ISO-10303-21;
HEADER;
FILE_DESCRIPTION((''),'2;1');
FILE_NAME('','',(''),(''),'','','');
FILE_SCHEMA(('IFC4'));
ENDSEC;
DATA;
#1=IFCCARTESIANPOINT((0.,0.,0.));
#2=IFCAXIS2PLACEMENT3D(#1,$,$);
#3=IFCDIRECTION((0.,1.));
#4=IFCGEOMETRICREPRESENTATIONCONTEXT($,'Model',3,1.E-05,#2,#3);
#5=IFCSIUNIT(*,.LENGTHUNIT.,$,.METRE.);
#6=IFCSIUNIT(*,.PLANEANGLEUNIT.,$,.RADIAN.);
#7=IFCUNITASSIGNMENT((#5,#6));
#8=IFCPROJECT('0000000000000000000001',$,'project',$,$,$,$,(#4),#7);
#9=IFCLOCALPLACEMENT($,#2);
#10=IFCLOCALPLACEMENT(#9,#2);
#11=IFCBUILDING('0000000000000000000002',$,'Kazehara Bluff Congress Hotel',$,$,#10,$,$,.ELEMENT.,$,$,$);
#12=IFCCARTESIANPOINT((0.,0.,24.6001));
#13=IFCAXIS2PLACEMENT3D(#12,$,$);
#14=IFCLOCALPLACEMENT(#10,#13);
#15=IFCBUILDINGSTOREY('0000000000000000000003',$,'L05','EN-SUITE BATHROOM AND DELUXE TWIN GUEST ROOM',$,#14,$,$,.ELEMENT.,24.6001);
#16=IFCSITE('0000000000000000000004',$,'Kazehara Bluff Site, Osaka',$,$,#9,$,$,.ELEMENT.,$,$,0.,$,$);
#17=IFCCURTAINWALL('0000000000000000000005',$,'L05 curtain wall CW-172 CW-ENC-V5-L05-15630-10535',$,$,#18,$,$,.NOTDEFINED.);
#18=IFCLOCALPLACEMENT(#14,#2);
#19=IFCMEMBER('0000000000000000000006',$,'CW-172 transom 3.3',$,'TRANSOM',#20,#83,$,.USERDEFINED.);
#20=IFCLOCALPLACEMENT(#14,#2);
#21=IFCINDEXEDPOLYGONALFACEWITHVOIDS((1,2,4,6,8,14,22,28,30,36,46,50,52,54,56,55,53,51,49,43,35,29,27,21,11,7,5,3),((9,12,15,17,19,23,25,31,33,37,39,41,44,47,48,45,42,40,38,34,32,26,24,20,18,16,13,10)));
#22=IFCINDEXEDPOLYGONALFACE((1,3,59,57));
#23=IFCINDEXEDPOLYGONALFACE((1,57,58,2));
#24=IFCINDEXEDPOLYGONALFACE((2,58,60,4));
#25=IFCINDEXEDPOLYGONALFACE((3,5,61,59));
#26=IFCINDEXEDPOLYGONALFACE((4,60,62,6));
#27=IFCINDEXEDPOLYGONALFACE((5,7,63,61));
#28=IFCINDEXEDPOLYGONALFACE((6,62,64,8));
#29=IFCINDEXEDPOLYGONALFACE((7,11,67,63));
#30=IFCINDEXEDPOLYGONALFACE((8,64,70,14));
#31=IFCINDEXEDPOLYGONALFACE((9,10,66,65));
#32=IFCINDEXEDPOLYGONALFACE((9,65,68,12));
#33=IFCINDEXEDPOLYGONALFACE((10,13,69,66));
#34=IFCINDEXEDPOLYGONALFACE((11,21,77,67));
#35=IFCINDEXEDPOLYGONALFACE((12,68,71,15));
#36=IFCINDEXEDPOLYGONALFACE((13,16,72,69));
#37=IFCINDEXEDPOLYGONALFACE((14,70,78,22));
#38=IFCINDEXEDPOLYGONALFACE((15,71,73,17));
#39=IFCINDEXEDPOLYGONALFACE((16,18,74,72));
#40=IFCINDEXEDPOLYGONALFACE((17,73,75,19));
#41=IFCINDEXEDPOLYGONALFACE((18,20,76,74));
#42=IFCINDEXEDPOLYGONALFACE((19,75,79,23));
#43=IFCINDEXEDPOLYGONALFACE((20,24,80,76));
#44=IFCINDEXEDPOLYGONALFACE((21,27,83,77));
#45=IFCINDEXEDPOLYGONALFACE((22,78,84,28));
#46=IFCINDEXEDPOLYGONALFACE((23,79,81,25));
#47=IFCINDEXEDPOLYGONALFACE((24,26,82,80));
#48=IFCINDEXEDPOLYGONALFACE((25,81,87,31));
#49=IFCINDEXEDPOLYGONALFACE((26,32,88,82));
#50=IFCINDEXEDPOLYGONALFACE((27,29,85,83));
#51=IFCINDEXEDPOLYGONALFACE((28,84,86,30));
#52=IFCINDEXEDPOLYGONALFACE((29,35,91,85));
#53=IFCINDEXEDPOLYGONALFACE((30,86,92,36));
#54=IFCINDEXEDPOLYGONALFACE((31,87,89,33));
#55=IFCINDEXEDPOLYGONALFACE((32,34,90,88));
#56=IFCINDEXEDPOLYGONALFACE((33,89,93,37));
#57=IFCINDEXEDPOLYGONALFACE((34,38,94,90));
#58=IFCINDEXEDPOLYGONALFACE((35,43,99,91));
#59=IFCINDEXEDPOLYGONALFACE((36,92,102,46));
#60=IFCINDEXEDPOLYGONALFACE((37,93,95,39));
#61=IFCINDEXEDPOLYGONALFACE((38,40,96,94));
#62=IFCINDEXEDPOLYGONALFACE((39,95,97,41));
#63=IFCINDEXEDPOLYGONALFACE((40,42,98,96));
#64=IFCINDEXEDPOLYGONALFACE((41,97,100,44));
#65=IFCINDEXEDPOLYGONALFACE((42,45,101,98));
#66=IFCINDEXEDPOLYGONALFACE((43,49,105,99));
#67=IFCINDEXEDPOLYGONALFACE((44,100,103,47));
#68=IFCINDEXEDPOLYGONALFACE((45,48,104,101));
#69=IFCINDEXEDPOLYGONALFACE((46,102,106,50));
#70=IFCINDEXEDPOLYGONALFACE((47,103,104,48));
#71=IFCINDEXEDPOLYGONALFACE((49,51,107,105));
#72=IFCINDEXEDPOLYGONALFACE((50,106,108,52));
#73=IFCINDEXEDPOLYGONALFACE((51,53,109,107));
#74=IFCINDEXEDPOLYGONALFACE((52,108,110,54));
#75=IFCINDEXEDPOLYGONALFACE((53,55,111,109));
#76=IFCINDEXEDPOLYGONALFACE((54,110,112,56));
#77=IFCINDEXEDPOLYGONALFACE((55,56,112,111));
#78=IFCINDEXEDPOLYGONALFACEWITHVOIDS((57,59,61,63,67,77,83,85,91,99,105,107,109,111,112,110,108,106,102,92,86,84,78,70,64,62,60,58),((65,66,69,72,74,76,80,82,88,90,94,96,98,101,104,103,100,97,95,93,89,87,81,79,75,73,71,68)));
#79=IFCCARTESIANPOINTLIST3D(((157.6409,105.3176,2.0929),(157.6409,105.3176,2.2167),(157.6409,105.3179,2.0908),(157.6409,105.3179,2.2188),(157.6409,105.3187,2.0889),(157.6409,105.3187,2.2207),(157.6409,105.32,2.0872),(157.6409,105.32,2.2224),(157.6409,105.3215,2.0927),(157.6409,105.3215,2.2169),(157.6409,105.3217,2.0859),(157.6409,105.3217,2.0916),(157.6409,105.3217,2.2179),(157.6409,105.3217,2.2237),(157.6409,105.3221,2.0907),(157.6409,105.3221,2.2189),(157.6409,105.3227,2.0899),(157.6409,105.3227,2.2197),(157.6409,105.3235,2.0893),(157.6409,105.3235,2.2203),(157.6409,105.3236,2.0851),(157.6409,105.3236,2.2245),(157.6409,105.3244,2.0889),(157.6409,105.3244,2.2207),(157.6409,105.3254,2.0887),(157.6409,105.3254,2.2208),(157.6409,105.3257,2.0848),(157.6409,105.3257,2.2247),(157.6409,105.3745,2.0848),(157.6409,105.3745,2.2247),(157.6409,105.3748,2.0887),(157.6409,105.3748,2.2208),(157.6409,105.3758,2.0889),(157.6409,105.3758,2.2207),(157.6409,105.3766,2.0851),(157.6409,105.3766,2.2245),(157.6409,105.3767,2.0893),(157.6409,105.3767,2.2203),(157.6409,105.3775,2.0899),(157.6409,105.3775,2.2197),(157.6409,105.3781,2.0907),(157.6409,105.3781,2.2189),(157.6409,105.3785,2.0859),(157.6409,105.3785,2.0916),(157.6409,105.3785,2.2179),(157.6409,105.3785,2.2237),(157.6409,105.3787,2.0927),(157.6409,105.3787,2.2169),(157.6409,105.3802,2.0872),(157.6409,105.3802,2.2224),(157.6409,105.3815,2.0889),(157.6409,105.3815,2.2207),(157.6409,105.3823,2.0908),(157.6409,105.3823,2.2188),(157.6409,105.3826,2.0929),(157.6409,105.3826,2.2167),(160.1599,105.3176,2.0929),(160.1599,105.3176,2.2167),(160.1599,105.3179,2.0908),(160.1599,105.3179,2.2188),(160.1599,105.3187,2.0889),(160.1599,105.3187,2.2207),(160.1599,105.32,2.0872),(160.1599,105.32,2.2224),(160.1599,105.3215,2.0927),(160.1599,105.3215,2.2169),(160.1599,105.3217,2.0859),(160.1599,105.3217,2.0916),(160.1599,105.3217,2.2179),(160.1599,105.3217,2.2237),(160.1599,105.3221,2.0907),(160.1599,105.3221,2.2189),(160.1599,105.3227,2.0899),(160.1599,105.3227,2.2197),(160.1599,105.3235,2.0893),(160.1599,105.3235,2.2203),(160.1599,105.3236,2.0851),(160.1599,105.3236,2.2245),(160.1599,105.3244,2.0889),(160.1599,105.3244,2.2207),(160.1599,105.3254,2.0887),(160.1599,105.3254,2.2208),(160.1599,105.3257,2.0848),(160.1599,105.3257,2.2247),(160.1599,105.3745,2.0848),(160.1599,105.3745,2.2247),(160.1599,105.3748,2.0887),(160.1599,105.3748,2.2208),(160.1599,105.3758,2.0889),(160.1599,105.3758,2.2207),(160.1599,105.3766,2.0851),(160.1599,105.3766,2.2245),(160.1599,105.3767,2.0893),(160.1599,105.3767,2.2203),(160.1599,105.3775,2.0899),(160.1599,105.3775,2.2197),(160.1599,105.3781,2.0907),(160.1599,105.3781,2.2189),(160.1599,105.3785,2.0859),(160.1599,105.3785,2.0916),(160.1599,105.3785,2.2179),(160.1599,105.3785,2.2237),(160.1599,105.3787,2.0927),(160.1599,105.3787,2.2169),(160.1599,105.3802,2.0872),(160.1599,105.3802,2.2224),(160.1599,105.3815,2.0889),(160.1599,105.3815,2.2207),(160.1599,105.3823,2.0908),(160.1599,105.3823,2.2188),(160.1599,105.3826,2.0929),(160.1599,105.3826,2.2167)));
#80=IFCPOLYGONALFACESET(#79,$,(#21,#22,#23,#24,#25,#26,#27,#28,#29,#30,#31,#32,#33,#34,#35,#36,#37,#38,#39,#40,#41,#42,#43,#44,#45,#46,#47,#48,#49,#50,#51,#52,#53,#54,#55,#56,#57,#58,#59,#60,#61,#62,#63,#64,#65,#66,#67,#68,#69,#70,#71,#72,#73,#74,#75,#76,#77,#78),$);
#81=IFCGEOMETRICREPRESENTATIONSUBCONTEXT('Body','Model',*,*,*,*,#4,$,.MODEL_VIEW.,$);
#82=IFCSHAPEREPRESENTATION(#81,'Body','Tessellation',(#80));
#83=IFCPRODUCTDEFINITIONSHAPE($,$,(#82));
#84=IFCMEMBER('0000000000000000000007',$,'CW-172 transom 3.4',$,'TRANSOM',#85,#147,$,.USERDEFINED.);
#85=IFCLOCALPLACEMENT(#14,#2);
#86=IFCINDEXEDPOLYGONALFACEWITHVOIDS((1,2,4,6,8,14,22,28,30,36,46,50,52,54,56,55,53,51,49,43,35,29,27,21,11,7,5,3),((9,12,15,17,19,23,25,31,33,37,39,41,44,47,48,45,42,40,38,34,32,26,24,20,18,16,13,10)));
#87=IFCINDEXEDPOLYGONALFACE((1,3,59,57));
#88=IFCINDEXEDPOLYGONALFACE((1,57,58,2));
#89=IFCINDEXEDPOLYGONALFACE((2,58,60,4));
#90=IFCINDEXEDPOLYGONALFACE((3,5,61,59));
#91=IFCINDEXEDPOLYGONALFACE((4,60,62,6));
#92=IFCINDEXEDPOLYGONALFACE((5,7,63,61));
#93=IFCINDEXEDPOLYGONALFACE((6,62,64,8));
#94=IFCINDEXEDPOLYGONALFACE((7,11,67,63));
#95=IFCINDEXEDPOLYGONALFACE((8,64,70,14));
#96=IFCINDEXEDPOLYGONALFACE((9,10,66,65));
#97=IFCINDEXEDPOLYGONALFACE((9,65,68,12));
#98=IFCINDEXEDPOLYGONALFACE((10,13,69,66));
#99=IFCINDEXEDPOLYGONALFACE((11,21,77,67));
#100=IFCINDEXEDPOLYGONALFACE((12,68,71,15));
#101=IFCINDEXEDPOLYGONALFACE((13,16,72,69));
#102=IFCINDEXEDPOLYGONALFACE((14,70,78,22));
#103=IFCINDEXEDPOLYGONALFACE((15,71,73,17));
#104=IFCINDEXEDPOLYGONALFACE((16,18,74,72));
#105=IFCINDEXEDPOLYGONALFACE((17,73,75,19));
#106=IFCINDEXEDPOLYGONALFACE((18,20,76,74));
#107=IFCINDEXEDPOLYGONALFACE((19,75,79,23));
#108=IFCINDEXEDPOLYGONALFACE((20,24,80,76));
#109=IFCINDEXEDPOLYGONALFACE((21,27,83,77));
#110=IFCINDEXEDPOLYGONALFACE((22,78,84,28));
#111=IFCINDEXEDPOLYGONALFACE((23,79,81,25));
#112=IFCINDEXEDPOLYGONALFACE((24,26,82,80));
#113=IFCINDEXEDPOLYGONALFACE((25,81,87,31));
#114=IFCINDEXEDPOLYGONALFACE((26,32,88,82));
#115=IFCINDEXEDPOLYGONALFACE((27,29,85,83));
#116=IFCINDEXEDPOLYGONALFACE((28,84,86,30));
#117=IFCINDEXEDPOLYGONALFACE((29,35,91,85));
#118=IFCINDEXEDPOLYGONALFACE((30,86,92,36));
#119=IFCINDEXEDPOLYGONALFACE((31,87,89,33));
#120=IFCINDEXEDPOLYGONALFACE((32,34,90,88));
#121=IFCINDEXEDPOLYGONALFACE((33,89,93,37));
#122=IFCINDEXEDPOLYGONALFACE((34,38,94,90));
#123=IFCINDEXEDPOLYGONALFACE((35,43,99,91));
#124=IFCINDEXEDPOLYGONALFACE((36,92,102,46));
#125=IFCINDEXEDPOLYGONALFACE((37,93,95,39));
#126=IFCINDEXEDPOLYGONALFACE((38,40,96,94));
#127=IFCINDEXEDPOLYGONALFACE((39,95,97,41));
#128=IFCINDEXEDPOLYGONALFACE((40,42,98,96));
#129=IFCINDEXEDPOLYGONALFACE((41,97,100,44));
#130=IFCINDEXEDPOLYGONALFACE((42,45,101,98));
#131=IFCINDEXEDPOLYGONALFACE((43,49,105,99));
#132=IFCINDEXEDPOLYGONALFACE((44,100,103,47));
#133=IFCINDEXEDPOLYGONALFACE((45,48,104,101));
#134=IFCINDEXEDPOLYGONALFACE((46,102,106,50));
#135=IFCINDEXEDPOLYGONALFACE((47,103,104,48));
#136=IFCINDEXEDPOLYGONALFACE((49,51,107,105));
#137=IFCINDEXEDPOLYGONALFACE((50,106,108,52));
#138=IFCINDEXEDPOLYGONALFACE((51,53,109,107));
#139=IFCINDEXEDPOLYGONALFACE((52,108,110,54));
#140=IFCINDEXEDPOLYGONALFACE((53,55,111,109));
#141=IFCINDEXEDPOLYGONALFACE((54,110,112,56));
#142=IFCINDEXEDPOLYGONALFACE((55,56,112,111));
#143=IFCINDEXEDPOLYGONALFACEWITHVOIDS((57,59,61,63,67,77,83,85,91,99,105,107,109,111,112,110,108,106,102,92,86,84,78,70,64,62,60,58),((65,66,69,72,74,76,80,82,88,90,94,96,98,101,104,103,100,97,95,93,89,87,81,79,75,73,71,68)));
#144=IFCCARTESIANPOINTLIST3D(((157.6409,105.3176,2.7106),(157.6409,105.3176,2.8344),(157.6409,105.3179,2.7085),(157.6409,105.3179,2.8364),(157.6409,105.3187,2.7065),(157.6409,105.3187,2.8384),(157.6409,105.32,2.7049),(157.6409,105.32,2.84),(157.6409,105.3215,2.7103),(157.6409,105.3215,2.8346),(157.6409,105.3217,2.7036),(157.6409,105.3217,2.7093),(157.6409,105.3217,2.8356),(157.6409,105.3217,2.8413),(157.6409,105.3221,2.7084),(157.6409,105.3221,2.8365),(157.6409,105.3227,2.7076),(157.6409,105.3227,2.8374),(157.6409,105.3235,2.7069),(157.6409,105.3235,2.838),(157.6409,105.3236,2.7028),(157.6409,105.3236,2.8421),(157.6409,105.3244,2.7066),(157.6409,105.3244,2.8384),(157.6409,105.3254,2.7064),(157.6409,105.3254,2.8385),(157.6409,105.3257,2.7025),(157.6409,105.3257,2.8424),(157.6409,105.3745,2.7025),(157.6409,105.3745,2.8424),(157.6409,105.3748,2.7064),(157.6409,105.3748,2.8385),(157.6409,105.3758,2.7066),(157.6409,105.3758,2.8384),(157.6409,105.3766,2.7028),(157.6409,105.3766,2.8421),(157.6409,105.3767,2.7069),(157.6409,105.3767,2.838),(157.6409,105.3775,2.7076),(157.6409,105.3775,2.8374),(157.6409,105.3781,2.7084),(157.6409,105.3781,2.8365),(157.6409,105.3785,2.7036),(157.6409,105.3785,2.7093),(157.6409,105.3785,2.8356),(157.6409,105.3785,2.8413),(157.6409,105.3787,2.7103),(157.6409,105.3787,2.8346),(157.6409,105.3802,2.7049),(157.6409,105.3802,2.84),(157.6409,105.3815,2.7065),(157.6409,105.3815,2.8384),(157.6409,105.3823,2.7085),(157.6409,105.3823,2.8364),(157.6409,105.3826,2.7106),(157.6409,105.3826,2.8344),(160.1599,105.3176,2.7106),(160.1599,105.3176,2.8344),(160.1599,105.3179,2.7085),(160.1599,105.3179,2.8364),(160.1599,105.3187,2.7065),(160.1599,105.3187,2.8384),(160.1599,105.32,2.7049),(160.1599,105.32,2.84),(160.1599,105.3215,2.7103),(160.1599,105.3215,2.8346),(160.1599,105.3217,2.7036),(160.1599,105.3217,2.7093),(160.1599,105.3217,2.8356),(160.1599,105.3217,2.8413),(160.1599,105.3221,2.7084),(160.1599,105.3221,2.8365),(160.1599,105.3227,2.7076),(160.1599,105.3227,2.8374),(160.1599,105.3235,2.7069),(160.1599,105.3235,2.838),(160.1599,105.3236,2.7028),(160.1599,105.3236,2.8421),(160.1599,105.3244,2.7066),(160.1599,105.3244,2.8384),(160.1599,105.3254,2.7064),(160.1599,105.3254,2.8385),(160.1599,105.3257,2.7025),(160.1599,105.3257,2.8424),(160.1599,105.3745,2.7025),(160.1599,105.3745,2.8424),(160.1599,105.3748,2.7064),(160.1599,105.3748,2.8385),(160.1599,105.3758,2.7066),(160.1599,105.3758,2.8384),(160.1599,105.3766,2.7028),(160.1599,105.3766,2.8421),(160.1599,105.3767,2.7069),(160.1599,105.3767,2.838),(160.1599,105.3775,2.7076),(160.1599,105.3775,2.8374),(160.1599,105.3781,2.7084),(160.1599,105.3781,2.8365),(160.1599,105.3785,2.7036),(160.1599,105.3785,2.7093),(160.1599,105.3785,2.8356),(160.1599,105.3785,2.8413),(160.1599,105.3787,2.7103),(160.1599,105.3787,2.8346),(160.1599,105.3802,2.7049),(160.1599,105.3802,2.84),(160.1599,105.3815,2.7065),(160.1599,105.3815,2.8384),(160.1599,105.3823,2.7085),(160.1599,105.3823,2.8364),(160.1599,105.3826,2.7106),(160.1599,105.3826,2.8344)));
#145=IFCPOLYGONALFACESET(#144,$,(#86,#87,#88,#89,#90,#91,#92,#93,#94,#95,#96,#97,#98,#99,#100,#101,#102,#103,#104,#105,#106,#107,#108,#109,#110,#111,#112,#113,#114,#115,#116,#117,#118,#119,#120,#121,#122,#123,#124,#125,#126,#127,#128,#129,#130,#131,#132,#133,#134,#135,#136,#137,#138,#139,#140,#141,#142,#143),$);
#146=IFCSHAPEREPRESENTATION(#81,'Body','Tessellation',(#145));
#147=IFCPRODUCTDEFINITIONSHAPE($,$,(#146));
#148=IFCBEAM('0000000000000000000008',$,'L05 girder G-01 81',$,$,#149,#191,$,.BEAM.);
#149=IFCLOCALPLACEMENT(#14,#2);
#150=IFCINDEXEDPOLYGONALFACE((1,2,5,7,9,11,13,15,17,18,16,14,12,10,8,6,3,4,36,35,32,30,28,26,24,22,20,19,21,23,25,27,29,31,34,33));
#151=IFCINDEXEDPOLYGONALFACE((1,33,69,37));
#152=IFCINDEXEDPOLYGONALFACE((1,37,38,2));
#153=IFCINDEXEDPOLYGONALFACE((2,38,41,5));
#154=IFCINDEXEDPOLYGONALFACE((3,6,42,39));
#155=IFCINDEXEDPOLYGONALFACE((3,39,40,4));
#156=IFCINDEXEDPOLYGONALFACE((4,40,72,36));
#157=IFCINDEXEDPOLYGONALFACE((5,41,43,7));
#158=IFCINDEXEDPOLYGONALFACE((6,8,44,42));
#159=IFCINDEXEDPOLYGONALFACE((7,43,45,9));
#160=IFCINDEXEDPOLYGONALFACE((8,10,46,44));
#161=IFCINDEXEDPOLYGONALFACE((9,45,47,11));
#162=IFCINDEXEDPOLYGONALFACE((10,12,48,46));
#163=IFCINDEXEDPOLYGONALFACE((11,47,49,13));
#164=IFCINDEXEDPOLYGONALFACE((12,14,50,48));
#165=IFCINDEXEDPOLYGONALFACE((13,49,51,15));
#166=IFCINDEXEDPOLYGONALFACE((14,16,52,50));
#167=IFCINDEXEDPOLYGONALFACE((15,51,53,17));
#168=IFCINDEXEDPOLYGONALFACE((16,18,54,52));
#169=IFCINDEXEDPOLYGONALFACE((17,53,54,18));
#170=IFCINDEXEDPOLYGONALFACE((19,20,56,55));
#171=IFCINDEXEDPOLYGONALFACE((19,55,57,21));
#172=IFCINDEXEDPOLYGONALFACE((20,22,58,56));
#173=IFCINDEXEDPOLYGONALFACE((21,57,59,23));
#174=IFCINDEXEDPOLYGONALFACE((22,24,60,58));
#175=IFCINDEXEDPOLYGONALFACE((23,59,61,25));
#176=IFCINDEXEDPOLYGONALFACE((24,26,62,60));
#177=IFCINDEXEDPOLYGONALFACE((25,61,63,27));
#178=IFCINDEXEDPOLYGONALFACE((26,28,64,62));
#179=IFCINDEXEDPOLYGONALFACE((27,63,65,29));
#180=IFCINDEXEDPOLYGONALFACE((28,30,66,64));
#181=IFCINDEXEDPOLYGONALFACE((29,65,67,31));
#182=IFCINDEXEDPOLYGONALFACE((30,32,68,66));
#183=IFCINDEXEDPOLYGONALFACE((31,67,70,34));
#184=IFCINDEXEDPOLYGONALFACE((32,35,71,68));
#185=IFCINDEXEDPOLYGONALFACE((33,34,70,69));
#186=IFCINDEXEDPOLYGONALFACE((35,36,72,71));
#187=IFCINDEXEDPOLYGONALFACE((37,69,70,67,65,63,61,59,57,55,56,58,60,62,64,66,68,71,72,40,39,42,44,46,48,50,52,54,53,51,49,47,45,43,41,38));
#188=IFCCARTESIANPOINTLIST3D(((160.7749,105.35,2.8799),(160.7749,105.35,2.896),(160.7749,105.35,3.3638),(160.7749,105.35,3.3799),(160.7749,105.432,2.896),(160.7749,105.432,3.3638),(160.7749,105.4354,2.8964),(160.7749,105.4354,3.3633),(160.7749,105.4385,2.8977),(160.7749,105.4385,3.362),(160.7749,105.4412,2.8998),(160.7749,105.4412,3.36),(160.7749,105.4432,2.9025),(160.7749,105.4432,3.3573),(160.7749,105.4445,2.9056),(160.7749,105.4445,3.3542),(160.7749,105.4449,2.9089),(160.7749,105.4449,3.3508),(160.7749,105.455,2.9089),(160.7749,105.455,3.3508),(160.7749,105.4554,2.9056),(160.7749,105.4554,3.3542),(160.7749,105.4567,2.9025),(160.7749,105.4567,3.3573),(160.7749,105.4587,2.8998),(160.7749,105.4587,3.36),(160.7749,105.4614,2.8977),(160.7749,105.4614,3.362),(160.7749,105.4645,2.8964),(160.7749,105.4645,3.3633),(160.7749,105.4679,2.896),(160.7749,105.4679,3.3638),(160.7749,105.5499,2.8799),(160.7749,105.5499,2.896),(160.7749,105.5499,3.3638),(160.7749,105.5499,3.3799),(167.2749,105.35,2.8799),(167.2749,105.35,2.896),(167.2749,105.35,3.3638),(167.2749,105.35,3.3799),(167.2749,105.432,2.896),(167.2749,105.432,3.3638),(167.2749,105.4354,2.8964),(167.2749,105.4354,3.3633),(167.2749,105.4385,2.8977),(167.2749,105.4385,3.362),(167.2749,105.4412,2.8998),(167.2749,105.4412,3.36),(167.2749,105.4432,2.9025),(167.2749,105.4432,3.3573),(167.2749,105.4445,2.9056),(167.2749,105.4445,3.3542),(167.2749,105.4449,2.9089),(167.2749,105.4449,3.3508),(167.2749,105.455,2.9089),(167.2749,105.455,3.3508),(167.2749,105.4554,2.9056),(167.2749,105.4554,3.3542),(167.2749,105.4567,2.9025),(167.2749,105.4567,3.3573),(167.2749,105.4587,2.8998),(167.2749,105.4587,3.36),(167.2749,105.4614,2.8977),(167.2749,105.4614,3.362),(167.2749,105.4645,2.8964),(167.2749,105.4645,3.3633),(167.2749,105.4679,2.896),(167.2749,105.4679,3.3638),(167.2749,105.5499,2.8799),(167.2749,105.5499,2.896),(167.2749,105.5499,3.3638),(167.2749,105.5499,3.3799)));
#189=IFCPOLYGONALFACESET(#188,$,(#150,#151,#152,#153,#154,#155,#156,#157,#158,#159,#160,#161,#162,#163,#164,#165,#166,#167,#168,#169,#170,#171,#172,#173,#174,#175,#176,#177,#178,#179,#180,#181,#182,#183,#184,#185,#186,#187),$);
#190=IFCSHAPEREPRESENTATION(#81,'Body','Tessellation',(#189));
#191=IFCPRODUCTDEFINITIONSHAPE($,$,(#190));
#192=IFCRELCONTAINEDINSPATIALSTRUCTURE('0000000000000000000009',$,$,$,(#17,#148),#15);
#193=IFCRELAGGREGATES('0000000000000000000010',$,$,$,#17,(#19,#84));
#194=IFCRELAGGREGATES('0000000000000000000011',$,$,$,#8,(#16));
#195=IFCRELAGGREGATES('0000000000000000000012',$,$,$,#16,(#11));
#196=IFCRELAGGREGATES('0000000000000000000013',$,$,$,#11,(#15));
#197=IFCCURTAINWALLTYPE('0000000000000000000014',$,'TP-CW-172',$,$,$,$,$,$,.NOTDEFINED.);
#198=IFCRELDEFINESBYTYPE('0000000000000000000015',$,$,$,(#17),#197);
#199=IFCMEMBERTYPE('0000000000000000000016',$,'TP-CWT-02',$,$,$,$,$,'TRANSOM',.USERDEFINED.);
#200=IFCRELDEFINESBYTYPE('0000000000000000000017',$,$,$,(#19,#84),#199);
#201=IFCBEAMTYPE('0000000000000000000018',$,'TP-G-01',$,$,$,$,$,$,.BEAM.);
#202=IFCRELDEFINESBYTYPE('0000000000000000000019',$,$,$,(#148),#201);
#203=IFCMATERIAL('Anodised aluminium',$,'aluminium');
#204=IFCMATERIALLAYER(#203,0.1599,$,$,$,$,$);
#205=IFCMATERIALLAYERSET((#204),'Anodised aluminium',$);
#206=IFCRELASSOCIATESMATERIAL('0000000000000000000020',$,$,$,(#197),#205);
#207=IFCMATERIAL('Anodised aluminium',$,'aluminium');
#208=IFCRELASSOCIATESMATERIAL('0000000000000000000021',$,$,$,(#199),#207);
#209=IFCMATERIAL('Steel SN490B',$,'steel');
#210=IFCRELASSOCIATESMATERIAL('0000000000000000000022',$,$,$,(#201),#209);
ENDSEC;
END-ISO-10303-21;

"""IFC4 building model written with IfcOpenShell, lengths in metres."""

from ifc_helpers import new_model, si_unit, direction, frame, origin, origin_2d, place, context, subcontext, project, spatial, hollow_rectangle, i_section, extrude, material, layer, layer_set, material_profile, profile_set, type_object, element, aggregate, save


model = new_model("IFC4")

# Units and contexts
model_context = context("Model", 3, precision=1e-05, world=origin(), true_north=direction((0.0, 1.0)))
body_context = subcontext(model_context, "Body", "Model", "MODEL_VIEW")
ifc_project = project(units=[si_unit("LENGTHUNIT", "METRE"), si_unit("PLANEANGLEUNIT", "RADIAN")], contexts=[model_context])

# Site, building, storey
site_placement = place(None, origin())
site = spatial("IfcSite", under=ifc_project, at=site_placement, Name="Kazehara Bluff Site, Osaka", CompositionType="ELEMENT", RefElevation=0.0)
building_placement = place(site_placement, origin())
building = spatial("IfcBuilding", under=site, at=building_placement, Name="Kazehara Bluff Congress Hotel", CompositionType="ELEMENT")
storey_placement = place(building_placement, frame((0.0, 0.0, 24.6001)))
storey = spatial("IfcBuildingStorey", under=building, at=storey_placement, Name="L05", Description="EN-SUITE BATHROOM AND DELUXE TWIN GUEST ROOM", CompositionType="ELEMENT", Elevation=24.6001)

# Curtain wall, members
ifc_material_1 = material(Name="Anodised aluminium", Category="aluminium")
ifc_layer_1 = layer(ifc_material_1, 0.1599)
ifc_layer_set_1 = layer_set([ifc_layer_1], Name="Anodised aluminium")
curtain_wall_type = type_object("IfcCurtainWallType", Name="TP-CW-172", PredefinedType="NOTDEFINED", material=ifc_layer_set_1)
curtain_wall_placement = place(storey_placement, origin())
curtain_wall = element("IfcCurtainWall", 1, at=curtain_wall_placement, inside=storey, type_object=curtain_wall_type, Name="L05 curtain wall CW-172 CW-ENC-V5-L05-15630-10535", PredefinedType="NOTDEFINED")
ifc_material_2 = material(Name="Anodised aluminium", Category="aluminium")
ifc_material_profile_1 = material_profile(ifc_material_2, hollow_rectangle(XDim=0.0649, YDim=0.1399, WallThickness=0.0039, InnerFilletRadius=0.0039, OuterFilletRadius=0.0081, at=origin_2d()))
ifc_profile_set_1 = profile_set([ifc_material_profile_1], Name="Anodised aluminium")
member_type_1 = type_object("IfcMemberType", Name="TP-CWT-02", ElementType="TRANSOM", PredefinedType="USERDEFINED", material=ifc_profile_set_1)
member_1_placement = place(storey_placement, frame((157.6409, 105.3501, 2.1548), z_axis=(1.0, 0.0, 0.0), x_axis=(0.0, 1.0, 0.0)))
member_1 = element("IfcMember", 2, at=member_1_placement, type_object=member_type_1, Name="CW-172 transom 3.3", ObjectType="TRANSOM", PredefinedType="USERDEFINED", context=body_context, shape_type="SweptSolid", body=[
    extrude(hollow_rectangle(XDim=0.0649, YDim=0.1399, WallThickness=0.0039, InnerFilletRadius=0.0039, OuterFilletRadius=0.0081, at=origin_2d()), origin(), (0.0, 0.0, 1.0), 2.519),
])
member_2_placement = place(storey_placement, frame((157.6409, 105.3501, 2.7725), z_axis=(1.0, 0.0, 0.0), x_axis=(0.0, 1.0, 0.0)))
member_2 = element("IfcMember", 3, at=member_2_placement, type_object=member_type_1, Name="CW-172 transom 3.4", ObjectType="TRANSOM", PredefinedType="USERDEFINED", context=body_context, shape_type="SweptSolid", body=[
    extrude(hollow_rectangle(XDim=0.0649, YDim=0.1399, WallThickness=0.0039, InnerFilletRadius=0.0039, OuterFilletRadius=0.0081, at=origin_2d()), origin(), (0.0, 0.0, 1.0), 2.519),
])

# Beam
ifc_material_3 = material(Name="Steel SN490B", Category="steel")
ifc_material_profile_2 = material_profile(ifc_material_3, i_section(OverallWidth=0.2, OverallDepth=0.5, WebThickness=0.01, FlangeThickness=0.0161, FilletRadius=0.0129, at=origin_2d()))
ifc_profile_set_2 = profile_set([ifc_material_profile_2], Name="Steel SN490B")
beam_type = type_object("IfcBeamType", Name="TP-G-01", PredefinedType="BEAM", material=ifc_profile_set_2)
beam_placement = place(storey_placement, frame((160.7749, 105.45, 3.1299), z_axis=(1.0, 0.0, 0.0), x_axis=(0.0, 1.0, 0.0)))
element("IfcBeam", 4, at=beam_placement, inside=storey, type_object=beam_type, Name="L05 girder G-01 81", PredefinedType="BEAM", context=body_context, shape_type="SweptSolid", body=[
    extrude(i_section(OverallWidth=0.2, OverallDepth=0.5, WebThickness=0.01, FlangeThickness=0.0161, FilletRadius=0.0129, at=origin_2d()), origin(), (0.0, 0.0, 1.0), 6.5),
])

aggregate(curtain_wall, [member_1, member_2])

save(model, "model.ifc")
